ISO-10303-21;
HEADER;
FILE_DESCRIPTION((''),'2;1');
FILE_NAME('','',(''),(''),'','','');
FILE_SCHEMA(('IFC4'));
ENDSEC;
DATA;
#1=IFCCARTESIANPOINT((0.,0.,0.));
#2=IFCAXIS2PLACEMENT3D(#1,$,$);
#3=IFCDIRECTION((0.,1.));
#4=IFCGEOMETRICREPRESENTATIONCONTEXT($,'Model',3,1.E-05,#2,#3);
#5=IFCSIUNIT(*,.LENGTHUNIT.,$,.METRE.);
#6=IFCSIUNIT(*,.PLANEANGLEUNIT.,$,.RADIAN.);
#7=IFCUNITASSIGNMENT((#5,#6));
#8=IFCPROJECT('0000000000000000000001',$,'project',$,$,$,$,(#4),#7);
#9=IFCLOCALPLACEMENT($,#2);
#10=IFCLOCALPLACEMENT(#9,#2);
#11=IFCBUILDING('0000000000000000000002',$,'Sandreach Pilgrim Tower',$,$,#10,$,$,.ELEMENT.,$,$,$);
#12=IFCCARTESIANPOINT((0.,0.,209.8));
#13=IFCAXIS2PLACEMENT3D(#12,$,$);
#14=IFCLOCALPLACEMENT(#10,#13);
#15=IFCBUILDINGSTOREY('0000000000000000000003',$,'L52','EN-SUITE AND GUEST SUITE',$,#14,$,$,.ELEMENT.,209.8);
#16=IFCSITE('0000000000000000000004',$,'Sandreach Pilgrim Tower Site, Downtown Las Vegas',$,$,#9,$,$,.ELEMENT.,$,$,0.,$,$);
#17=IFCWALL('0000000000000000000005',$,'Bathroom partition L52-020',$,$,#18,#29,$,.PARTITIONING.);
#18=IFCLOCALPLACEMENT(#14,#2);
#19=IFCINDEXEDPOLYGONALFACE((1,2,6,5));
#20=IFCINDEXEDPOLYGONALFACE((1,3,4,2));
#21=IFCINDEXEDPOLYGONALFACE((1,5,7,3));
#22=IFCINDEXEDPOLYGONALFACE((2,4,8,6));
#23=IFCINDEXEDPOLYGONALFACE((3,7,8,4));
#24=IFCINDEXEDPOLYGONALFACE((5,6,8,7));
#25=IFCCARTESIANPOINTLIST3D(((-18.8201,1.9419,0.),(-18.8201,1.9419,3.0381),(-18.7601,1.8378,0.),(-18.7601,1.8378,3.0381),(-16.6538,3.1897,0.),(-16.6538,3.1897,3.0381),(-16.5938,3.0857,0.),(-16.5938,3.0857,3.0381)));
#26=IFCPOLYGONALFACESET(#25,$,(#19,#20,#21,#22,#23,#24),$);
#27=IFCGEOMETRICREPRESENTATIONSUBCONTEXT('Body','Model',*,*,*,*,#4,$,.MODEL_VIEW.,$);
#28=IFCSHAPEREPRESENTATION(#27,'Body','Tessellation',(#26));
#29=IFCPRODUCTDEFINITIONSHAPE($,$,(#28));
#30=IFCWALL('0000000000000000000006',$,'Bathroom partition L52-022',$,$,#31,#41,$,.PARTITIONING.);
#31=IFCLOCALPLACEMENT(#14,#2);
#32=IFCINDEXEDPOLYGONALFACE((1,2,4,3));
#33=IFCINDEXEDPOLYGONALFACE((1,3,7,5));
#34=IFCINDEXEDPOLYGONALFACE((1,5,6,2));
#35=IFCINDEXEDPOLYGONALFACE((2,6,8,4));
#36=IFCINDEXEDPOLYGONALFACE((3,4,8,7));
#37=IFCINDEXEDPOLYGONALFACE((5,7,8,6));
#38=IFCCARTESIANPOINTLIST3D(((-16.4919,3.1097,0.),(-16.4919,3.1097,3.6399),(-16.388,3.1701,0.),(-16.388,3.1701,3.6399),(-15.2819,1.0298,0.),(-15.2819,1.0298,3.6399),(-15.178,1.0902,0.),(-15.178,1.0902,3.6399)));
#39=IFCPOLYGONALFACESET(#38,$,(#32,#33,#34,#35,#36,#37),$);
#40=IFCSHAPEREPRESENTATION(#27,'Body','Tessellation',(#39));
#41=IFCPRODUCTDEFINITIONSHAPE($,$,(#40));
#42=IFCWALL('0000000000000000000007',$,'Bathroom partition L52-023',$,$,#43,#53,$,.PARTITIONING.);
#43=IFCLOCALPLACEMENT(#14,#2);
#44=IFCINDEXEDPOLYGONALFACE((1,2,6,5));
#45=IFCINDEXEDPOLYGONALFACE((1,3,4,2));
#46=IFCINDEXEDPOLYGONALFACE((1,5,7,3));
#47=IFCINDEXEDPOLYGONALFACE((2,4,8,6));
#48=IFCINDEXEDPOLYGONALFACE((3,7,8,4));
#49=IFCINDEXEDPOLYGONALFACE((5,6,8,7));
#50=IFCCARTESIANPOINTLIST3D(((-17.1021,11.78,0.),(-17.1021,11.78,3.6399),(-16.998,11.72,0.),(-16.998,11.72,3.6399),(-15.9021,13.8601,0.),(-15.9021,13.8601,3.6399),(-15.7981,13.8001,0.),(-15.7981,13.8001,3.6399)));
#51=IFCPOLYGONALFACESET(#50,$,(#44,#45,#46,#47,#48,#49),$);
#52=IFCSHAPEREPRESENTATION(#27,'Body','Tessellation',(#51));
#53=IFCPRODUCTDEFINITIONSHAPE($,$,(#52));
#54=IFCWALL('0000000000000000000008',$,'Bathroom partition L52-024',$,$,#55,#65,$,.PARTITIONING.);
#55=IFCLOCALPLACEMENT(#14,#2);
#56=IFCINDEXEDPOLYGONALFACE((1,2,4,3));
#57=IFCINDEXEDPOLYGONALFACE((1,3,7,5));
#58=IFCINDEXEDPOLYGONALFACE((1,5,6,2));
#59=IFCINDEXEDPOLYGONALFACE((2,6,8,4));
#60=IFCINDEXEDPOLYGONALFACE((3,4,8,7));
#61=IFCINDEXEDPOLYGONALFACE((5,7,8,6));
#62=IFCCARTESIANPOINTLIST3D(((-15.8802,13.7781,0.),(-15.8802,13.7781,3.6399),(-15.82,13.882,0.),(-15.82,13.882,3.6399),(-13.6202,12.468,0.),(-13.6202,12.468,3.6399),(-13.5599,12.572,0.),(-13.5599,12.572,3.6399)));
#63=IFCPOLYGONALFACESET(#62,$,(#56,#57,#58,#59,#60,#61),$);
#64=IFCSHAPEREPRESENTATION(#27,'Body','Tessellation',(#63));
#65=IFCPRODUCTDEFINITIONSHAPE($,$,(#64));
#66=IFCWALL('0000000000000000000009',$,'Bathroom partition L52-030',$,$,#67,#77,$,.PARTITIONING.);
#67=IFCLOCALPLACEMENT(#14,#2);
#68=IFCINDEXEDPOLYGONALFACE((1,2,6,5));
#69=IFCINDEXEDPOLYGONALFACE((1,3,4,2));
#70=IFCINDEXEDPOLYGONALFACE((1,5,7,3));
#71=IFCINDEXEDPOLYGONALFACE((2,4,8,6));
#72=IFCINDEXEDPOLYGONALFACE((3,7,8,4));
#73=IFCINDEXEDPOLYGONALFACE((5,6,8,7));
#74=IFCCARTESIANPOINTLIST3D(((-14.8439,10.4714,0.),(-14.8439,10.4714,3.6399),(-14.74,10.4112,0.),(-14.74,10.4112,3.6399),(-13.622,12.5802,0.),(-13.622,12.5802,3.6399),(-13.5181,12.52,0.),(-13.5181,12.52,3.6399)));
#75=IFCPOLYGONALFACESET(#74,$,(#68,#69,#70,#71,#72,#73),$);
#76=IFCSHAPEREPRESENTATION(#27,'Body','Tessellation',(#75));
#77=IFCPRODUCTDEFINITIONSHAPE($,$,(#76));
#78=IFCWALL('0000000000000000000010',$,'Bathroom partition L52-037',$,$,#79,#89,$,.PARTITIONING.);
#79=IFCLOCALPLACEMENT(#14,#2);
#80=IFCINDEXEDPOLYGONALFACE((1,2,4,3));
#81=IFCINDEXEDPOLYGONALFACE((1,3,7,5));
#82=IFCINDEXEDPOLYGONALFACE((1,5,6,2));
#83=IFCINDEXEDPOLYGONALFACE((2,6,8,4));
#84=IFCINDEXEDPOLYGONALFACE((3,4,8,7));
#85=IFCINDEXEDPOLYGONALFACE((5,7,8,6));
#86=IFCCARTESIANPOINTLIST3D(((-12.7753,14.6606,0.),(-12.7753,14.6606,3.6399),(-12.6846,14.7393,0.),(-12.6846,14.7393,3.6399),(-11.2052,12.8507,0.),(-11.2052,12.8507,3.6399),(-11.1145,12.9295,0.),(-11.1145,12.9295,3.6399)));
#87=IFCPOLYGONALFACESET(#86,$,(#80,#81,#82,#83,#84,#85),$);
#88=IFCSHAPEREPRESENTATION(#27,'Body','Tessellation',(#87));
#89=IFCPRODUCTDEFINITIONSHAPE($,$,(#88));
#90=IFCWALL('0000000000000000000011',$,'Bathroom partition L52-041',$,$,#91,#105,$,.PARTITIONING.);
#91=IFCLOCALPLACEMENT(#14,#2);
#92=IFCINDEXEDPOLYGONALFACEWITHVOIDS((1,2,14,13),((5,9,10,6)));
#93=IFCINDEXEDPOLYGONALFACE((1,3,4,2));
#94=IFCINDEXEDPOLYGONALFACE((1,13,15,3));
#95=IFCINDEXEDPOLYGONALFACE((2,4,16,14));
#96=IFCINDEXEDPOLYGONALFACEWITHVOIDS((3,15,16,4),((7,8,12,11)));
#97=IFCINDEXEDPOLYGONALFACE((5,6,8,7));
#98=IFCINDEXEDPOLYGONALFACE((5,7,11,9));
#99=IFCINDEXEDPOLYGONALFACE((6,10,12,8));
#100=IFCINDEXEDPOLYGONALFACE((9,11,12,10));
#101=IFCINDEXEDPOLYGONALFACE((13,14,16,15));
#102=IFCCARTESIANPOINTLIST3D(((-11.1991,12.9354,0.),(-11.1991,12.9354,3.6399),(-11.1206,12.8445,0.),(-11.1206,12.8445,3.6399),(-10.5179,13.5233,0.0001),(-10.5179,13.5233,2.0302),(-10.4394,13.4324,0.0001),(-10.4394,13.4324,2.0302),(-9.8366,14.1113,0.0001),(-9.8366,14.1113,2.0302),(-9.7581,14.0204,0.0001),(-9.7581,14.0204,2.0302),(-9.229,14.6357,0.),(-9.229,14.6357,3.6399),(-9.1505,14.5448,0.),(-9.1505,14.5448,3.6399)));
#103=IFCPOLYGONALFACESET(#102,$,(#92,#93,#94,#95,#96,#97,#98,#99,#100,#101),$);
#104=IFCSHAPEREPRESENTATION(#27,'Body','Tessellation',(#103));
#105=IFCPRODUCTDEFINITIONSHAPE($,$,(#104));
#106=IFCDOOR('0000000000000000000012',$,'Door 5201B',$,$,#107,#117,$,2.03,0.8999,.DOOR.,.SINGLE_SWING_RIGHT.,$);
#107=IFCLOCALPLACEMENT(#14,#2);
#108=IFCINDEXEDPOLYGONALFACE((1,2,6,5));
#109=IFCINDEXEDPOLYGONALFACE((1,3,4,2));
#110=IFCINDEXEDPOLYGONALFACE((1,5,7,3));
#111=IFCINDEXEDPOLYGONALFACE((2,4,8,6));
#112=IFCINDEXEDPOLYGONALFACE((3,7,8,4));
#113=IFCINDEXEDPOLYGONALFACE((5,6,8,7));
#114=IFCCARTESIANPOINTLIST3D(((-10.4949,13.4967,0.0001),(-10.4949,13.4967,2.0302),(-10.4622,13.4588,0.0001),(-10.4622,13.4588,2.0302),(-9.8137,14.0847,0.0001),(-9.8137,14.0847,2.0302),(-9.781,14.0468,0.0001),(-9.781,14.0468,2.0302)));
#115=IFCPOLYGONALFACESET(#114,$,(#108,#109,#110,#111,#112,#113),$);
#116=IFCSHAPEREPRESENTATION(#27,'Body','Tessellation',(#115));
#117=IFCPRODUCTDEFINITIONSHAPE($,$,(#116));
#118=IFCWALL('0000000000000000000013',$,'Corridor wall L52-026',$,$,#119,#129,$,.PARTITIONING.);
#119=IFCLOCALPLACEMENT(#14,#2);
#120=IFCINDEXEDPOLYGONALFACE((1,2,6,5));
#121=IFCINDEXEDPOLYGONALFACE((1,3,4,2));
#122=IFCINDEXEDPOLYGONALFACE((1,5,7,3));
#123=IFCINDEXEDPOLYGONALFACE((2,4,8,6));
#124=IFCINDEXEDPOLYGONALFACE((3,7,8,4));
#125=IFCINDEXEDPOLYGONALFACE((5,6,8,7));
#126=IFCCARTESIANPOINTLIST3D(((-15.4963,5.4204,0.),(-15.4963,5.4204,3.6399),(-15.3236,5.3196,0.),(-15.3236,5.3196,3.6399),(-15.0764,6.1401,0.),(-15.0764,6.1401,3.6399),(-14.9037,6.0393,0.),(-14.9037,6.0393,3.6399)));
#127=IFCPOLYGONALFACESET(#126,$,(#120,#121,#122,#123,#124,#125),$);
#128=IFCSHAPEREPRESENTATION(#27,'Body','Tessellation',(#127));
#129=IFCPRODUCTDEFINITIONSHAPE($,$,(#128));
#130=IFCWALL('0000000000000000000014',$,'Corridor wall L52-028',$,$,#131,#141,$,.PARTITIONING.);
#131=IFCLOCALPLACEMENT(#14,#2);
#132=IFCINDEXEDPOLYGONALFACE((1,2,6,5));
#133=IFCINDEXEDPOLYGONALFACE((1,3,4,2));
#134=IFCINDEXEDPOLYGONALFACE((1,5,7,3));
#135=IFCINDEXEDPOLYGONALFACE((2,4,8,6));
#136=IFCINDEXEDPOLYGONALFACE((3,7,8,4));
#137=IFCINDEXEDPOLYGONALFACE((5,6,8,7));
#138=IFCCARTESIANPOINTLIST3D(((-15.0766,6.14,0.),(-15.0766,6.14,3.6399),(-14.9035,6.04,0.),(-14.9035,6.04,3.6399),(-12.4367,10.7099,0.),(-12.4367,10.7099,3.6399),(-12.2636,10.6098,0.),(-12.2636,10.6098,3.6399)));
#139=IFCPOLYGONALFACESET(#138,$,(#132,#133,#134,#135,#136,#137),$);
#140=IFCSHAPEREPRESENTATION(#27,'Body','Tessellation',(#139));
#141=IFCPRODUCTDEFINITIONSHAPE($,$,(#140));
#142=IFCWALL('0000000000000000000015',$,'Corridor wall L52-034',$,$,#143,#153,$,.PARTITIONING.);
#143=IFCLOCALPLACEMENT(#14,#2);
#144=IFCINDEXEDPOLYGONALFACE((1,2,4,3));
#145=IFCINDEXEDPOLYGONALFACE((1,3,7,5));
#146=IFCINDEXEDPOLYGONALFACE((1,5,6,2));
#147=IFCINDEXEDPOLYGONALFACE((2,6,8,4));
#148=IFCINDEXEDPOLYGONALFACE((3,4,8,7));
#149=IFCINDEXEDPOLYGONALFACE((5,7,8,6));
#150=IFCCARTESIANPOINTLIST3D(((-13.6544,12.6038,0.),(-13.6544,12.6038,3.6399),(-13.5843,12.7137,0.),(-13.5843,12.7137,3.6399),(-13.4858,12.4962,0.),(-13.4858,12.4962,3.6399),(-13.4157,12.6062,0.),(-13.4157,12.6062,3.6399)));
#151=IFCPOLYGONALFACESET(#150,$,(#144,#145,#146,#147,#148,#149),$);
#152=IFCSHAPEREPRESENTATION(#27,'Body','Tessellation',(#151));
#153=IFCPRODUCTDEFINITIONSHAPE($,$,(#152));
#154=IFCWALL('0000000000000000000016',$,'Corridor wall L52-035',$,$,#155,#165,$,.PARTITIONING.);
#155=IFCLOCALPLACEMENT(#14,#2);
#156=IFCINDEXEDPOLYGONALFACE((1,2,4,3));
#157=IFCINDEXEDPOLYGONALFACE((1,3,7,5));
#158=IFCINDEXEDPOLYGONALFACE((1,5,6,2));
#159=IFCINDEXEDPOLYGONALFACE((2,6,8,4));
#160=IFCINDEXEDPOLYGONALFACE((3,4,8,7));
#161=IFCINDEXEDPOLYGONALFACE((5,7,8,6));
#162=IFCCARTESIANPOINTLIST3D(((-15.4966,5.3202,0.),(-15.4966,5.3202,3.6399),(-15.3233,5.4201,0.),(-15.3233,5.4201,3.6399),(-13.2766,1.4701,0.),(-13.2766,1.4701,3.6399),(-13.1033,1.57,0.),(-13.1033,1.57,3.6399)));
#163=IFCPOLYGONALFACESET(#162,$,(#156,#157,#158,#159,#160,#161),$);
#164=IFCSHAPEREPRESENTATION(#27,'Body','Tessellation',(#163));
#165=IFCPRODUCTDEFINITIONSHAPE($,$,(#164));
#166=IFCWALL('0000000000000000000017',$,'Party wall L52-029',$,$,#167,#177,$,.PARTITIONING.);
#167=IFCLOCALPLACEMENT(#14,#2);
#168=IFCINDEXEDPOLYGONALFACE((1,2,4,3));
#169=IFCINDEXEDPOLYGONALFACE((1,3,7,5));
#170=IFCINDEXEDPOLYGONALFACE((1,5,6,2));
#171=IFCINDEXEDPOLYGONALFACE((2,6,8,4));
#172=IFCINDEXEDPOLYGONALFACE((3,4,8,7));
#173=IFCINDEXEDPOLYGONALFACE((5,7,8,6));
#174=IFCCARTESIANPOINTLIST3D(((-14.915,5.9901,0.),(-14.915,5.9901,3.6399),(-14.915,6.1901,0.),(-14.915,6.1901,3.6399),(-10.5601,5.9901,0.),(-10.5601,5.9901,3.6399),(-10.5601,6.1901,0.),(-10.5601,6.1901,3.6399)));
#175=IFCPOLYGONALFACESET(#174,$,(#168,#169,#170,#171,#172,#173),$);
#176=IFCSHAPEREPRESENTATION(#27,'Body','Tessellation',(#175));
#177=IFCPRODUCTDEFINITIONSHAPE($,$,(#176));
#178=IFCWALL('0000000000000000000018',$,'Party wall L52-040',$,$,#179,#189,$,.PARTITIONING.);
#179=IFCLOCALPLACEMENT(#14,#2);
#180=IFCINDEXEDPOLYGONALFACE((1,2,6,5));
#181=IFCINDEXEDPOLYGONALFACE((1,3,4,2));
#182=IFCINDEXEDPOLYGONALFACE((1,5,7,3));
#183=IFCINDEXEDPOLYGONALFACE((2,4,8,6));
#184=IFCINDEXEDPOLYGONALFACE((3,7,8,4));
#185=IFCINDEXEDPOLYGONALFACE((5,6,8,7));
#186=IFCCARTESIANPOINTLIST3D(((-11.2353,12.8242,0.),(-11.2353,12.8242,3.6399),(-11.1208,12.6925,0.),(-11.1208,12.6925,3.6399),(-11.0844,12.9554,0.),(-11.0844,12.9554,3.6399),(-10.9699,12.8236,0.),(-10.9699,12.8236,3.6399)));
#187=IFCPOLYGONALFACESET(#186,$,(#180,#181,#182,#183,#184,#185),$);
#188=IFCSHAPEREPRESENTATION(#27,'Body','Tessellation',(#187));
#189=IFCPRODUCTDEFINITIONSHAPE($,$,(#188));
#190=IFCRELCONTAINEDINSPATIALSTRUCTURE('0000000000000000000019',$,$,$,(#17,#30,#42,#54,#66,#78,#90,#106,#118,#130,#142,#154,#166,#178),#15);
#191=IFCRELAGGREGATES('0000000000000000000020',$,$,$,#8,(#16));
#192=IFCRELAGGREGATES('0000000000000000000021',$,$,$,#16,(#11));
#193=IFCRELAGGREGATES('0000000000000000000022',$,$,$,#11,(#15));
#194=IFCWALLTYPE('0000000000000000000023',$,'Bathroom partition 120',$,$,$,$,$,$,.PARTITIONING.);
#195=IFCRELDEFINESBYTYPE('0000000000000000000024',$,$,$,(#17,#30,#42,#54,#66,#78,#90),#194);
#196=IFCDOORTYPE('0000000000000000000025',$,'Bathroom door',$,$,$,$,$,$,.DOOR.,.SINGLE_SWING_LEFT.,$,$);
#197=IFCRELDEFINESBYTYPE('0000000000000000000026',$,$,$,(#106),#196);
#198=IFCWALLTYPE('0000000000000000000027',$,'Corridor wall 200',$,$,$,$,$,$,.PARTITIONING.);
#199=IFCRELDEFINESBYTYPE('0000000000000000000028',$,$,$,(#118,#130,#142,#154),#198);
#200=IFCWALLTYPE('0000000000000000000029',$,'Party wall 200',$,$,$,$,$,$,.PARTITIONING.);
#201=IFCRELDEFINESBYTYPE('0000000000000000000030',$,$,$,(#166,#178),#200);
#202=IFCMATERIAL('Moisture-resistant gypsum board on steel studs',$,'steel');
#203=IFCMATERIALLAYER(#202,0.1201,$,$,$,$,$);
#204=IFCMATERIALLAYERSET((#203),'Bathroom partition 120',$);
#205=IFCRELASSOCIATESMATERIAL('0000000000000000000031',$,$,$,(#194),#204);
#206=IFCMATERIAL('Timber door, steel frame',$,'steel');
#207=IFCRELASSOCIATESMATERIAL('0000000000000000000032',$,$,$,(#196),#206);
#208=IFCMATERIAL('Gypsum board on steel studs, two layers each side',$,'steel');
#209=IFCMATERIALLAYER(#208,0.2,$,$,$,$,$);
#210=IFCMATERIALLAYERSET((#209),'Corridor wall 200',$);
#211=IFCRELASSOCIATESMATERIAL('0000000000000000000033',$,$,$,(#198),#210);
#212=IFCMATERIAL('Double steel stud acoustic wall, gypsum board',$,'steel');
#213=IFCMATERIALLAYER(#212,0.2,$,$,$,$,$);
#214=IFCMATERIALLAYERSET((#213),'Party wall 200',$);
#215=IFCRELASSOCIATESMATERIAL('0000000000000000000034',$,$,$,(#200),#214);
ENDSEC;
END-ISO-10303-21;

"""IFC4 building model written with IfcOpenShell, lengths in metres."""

from ifc_helpers import new_model, si_unit, direction, frame, frame_2d, origin, place, context, subcontext, project, spatial, rectangle, extrude, material, layer, layer_set, type_object, element, fill, save


model = new_model("IFC4")

# Units and contexts
model_context = context("Model", 3, precision=1e-05, world=origin(), true_north=direction((0.0, 1.0)))
body_context = subcontext(model_context, "Body", "Model", "MODEL_VIEW")
ifc_project = project(units=[si_unit("LENGTHUNIT", "METRE"), si_unit("PLANEANGLEUNIT", "RADIAN")], contexts=[model_context])

# Site, building, storey
site_placement = place(None, origin())
site = spatial("IfcSite", under=ifc_project, at=site_placement, Name="Sandreach Pilgrim Tower Site, Downtown Las Vegas", CompositionType="ELEMENT", RefElevation=0.0)
building_placement = place(site_placement, origin())
building = spatial("IfcBuilding", under=site, at=building_placement, Name="Sandreach Pilgrim Tower", CompositionType="ELEMENT")
storey_placement = place(building_placement, frame((0.0, 0.0, 209.8)))
storey = spatial("IfcBuildingStorey", under=building, at=storey_placement, Name="L52", Description="EN-SUITE AND GUEST SUITE", CompositionType="ELEMENT", Elevation=209.8)

# Walls
ifc_material_1 = material(Name="Moisture-resistant gypsum board on steel studs", Category="steel")
ifc_layer_1 = layer(ifc_material_1, 0.1201)
ifc_layer_set_1 = layer_set([ifc_layer_1], Name="Bathroom partition 120")
wall_type_1 = type_object("IfcWallType", Name="Bathroom partition 120", PredefinedType="PARTITIONING", material=ifc_layer_set_1)
wall_1_placement = place(storey_placement, frame((-16.6238, 3.1377, 0.0), z_axis=(0.0, 0.0, 1.0), x_axis=(-0.866525, -0.499133, 0.0)))
element("IfcWall", 1, at=wall_1_placement, inside=storey, type_object=wall_type_1, Name="Bathroom partition L52-020", PredefinedType="PARTITIONING", context=body_context, shape_type="SweptSolid", body=[
    extrude(rectangle(XDim=2.5, YDim=0.1201, at=frame_2d((1.25, 0.0))), origin(), (0.0, 0.0, 1.0), 3.0381),
])
wall_2_placement = place(storey_placement, frame((-16.4399, 3.1399, 0.0), z_axis=(0.0, 0.0, 1.0), x_axis=(0.502855, -0.864371, 0.0)))
element("IfcWall", 2, at=wall_2_placement, inside=storey, type_object=wall_type_1, Name="Bathroom partition L52-022", PredefinedType="PARTITIONING", context=body_context, shape_type="SweptSolid", body=[
    extrude(rectangle(XDim=2.4062, YDim=0.1201, at=frame_2d((1.2031, 0.0))), origin(), (0.0, 0.0, 1.0), 3.6399),
])
wall_3_placement = place(storey_placement, frame((-15.8501, 13.8301, 0.0), z_axis=(0.0, 0.0, 1.0), x_axis=(-0.499693, -0.866203, 0.0)))
element("IfcWall", 3, at=wall_3_placement, inside=storey, type_object=wall_type_1, Name="Bathroom partition L52-023", PredefinedType="PARTITIONING", context=body_context, shape_type="SweptSolid", body=[
    extrude(rectangle(XDim=2.4014, YDim=0.1201, at=frame_2d((1.2007, 0.0))), origin(), (0.0, 0.0, 1.0), 3.6399),
])
wall_4_placement = place(storey_placement, frame((-15.8501, 13.8301, 0.0), z_axis=(0.0, 0.0, 1.0), x_axis=(0.865155, -0.501504, 0.0)))
element("IfcWall", 4, at=wall_4_placement, inside=storey, type_object=wall_type_1, Name="Bathroom partition L52-024", PredefinedType="PARTITIONING", context=body_context, shape_type="SweptSolid", body=[
    extrude(rectangle(XDim=2.6123, YDim=0.1201, at=frame_2d((1.3062, 0.0))), origin(), (0.0, 0.0, 1.0), 3.6399),
])
wall_5_placement = place(storey_placement, frame((-14.792, 10.4412, 0.0), z_axis=(0.0, 0.0, 1.0), x_axis=(0.50134, 0.86525, 0.0)))
element("IfcWall", 5, at=wall_5_placement, inside=storey, type_object=wall_type_1, Name="Bathroom partition L52-030", PredefinedType="PARTITIONING", context=body_context, shape_type="SweptSolid", body=[
    extrude(rectangle(XDim=2.4373, YDim=0.1201, at=frame_2d((1.2188, 0.0))), origin(), (0.0, 0.0, 1.0), 3.6399),
])
wall_6_placement = place(storey_placement, frame((-12.73, 14.7, 0.0), z_axis=(0.0, 0.0, 1.0), x_axis=(0.655303, -0.755366, 0.0)))
element("IfcWall", 6, at=wall_6_placement, inside=storey, type_object=wall_type_1, Name="Bathroom partition L52-037", PredefinedType="PARTITIONING", context=body_context, shape_type="SweptSolid", body=[
    extrude(rectangle(XDim=2.396, YDim=0.1201, at=frame_2d((1.198, 0.0))), origin(), (0.0, 0.0, 1.0), 3.6399),
])

# Wall, opening, door
wall_7_placement = place(storey_placement, frame((-11.1599, 12.8899, 0.0), z_axis=(0.0, 0.0, 1.0), x_axis=(0.75704, 0.653368, 0.0)))
wall_7 = element("IfcWall", 7, at=wall_7_placement, inside=storey, type_object=wall_type_1, Name="Bathroom partition L52-041", PredefinedType="PARTITIONING", context=body_context, shape_type="SweptSolid", body=[
    extrude(rectangle(XDim=2.6023, YDim=0.1201, at=frame_2d((1.3013, 0.0))), origin(), (0.0, 0.0, 1.0), 3.6399),
])
opening_1_placement = place(wall_7_placement, frame((0.8999, 0.0, 0.0)))
opening_1 = element("IfcOpeningElement", 8, at=opening_1_placement, cuts=wall_7, PredefinedType="OPENING", context=body_context, shape_type="SweptSolid", body=[
    extrude(rectangle(XDim=0.8999, YDim=2.03, at=frame_2d((0.45, 1.0151))), frame((0.0, 0.0601, 0.0), z_axis=(0.0, -1.0, 0.0), x_axis=(1.0, 0.0, 0.0)), (0.0, 0.0, 1.0), 0.1201),
])
ifc_material_2 = material(Name="Timber door, steel frame", Category="steel")
door_type_1 = type_object("IfcDoorType", Name="Bathroom door", OperationType="SINGLE_SWING_LEFT", PredefinedType="DOOR", material=ifc_material_2)
door_1_placement = place(opening_1_placement, origin())
door_1 = element("IfcDoor", 9, at=door_1_placement, inside=storey, type_object=door_type_1, Name="Door 5201B", OperationType="SINGLE_SWING_RIGHT", OverallHeight=2.03, OverallWidth=0.8999, PredefinedType="DOOR", context=body_context, shape_type="SweptSolid", body=[
    extrude(rectangle(XDim=0.8999, YDim=2.03, at=frame_2d((0.45, 1.0151))), frame((0.0, 0.0249, 0.0), z_axis=(0.0, -1.0, 0.0), x_axis=(1.0, 0.0, 0.0)), (0.0, 0.0, 1.0), 0.05),
])
fill(opening_1, door_1)
ifc_material_3 = material(Name="Gypsum board on steel studs, two layers each side", Category="steel")
ifc_layer_2 = layer(ifc_material_3, 0.2)
ifc_layer_set_2 = layer_set([ifc_layer_2], Name="Corridor wall 200")
wall_type_2 = type_object("IfcWallType", Name="Corridor wall 200", PredefinedType="PARTITIONING", material=ifc_layer_set_2)

# Walls
wall_8_placement = place(storey_placement, frame((-15.4099, 5.3701, 0.0), z_axis=(0.0, 0.0, 1.0), x_axis=(0.503944, 0.863736, 0.0)))
element("IfcWall", 10, at=wall_8_placement, inside=storey, type_object=wall_type_2, Name="Corridor wall L52-026", PredefinedType="PARTITIONING", context=body_context, shape_type="SweptSolid", body=[
    extrude(rectangle(XDim=0.8333, YDim=0.2, at=frame_2d((0.4165, 0.0))), origin(), (0.0, 0.0, 1.0), 3.6399),
])
wall_9_placement = place(storey_placement, frame((-14.99, 6.0901, 0.0), z_axis=(0.0, 0.0, 1.0), x_axis=(0.500214, 0.865902, 0.0)))
element("IfcWall", 11, at=wall_9_placement, inside=storey, type_object=wall_type_2, Name="Corridor wall L52-028", PredefinedType="PARTITIONING", context=body_context, shape_type="SweptSolid", body=[
    extrude(rectangle(XDim=5.2776, YDim=0.2, at=frame_2d((2.6387, 0.0))), origin(), (0.0, 0.0, 1.0), 3.6399),
])
wall_10_placement = place(storey_placement, frame((-13.5, 12.6599, 0.0), z_axis=(0.0, 0.0, 1.0), x_axis=(-0.537724, -0.843121, 0.0)))
element("IfcWall", 12, at=wall_10_placement, inside=storey, type_object=wall_type_2, Name="Corridor wall L52-034", PredefinedType="PARTITIONING", context=body_context, shape_type="SweptSolid", body=[
    extrude(rectangle(XDim=0.1304, YDim=0.2, at=frame_2d((0.0652, 0.0))), origin(), (0.0, 0.0, 1.0), 3.6399),
])
wall_11_placement = place(storey_placement, frame((-13.1899, 1.52, 0.0), z_axis=(0.0, 0.0, 1.0), x_axis=(-0.499513, 0.866306, 0.0)))
element("IfcWall", 13, at=wall_11_placement, inside=storey, type_object=wall_type_2, Name="Corridor wall L52-035", PredefinedType="PARTITIONING", context=body_context, shape_type="SweptSolid", body=[
    extrude(rectangle(XDim=4.4443, YDim=0.2, at=frame_2d((2.2222, 0.0))), origin(), (0.0, 0.0, 1.0), 3.6399),
])

# Walls
ifc_material_4 = material(Name="Double steel stud acoustic wall, gypsum board", Category="steel")
ifc_layer_3 = layer(ifc_material_4, 0.2)
ifc_layer_set_3 = layer_set([ifc_layer_3], Name="Party wall 200")
wall_type_3 = type_object("IfcWallType", Name="Party wall 200", PredefinedType="PARTITIONING", material=ifc_layer_set_3)
wall_12_placement = place(storey_placement, frame((-14.915, 6.0901, 0.0), z_axis=(0.0, 0.0, 1.0), x_axis=(1.0, 0.0, 0.0)))
element("IfcWall", 14, at=wall_12_placement, inside=storey, type_object=wall_type_3, Name="Party wall L52-029", PredefinedType="PARTITIONING", context=body_context, shape_type="SweptSolid", body=[
    extrude(rectangle(XDim=4.355, YDim=0.2, at=frame_2d((2.1775, 0.0))), origin(), (0.0, 0.0, 1.0), 3.6399),
])
wall_13_placement = place(storey_placement, frame((-11.1599, 12.8899, 0.0), z_axis=(0.0, 0.0, 1.0), x_axis=(0.655729, -0.754997, 0.0)))
element("IfcWall", 15, at=wall_13_placement, inside=storey, type_object=wall_type_3, Name="Party wall L52-040", PredefinedType="PARTITIONING", context=body_context, shape_type="SweptSolid", body=[
    extrude(rectangle(XDim=0.1746, YDim=0.2, at=frame_2d((0.0874, 0.0))), origin(), (0.0, 0.0, 1.0), 3.6399),
])

save(model, "model.ifc")
